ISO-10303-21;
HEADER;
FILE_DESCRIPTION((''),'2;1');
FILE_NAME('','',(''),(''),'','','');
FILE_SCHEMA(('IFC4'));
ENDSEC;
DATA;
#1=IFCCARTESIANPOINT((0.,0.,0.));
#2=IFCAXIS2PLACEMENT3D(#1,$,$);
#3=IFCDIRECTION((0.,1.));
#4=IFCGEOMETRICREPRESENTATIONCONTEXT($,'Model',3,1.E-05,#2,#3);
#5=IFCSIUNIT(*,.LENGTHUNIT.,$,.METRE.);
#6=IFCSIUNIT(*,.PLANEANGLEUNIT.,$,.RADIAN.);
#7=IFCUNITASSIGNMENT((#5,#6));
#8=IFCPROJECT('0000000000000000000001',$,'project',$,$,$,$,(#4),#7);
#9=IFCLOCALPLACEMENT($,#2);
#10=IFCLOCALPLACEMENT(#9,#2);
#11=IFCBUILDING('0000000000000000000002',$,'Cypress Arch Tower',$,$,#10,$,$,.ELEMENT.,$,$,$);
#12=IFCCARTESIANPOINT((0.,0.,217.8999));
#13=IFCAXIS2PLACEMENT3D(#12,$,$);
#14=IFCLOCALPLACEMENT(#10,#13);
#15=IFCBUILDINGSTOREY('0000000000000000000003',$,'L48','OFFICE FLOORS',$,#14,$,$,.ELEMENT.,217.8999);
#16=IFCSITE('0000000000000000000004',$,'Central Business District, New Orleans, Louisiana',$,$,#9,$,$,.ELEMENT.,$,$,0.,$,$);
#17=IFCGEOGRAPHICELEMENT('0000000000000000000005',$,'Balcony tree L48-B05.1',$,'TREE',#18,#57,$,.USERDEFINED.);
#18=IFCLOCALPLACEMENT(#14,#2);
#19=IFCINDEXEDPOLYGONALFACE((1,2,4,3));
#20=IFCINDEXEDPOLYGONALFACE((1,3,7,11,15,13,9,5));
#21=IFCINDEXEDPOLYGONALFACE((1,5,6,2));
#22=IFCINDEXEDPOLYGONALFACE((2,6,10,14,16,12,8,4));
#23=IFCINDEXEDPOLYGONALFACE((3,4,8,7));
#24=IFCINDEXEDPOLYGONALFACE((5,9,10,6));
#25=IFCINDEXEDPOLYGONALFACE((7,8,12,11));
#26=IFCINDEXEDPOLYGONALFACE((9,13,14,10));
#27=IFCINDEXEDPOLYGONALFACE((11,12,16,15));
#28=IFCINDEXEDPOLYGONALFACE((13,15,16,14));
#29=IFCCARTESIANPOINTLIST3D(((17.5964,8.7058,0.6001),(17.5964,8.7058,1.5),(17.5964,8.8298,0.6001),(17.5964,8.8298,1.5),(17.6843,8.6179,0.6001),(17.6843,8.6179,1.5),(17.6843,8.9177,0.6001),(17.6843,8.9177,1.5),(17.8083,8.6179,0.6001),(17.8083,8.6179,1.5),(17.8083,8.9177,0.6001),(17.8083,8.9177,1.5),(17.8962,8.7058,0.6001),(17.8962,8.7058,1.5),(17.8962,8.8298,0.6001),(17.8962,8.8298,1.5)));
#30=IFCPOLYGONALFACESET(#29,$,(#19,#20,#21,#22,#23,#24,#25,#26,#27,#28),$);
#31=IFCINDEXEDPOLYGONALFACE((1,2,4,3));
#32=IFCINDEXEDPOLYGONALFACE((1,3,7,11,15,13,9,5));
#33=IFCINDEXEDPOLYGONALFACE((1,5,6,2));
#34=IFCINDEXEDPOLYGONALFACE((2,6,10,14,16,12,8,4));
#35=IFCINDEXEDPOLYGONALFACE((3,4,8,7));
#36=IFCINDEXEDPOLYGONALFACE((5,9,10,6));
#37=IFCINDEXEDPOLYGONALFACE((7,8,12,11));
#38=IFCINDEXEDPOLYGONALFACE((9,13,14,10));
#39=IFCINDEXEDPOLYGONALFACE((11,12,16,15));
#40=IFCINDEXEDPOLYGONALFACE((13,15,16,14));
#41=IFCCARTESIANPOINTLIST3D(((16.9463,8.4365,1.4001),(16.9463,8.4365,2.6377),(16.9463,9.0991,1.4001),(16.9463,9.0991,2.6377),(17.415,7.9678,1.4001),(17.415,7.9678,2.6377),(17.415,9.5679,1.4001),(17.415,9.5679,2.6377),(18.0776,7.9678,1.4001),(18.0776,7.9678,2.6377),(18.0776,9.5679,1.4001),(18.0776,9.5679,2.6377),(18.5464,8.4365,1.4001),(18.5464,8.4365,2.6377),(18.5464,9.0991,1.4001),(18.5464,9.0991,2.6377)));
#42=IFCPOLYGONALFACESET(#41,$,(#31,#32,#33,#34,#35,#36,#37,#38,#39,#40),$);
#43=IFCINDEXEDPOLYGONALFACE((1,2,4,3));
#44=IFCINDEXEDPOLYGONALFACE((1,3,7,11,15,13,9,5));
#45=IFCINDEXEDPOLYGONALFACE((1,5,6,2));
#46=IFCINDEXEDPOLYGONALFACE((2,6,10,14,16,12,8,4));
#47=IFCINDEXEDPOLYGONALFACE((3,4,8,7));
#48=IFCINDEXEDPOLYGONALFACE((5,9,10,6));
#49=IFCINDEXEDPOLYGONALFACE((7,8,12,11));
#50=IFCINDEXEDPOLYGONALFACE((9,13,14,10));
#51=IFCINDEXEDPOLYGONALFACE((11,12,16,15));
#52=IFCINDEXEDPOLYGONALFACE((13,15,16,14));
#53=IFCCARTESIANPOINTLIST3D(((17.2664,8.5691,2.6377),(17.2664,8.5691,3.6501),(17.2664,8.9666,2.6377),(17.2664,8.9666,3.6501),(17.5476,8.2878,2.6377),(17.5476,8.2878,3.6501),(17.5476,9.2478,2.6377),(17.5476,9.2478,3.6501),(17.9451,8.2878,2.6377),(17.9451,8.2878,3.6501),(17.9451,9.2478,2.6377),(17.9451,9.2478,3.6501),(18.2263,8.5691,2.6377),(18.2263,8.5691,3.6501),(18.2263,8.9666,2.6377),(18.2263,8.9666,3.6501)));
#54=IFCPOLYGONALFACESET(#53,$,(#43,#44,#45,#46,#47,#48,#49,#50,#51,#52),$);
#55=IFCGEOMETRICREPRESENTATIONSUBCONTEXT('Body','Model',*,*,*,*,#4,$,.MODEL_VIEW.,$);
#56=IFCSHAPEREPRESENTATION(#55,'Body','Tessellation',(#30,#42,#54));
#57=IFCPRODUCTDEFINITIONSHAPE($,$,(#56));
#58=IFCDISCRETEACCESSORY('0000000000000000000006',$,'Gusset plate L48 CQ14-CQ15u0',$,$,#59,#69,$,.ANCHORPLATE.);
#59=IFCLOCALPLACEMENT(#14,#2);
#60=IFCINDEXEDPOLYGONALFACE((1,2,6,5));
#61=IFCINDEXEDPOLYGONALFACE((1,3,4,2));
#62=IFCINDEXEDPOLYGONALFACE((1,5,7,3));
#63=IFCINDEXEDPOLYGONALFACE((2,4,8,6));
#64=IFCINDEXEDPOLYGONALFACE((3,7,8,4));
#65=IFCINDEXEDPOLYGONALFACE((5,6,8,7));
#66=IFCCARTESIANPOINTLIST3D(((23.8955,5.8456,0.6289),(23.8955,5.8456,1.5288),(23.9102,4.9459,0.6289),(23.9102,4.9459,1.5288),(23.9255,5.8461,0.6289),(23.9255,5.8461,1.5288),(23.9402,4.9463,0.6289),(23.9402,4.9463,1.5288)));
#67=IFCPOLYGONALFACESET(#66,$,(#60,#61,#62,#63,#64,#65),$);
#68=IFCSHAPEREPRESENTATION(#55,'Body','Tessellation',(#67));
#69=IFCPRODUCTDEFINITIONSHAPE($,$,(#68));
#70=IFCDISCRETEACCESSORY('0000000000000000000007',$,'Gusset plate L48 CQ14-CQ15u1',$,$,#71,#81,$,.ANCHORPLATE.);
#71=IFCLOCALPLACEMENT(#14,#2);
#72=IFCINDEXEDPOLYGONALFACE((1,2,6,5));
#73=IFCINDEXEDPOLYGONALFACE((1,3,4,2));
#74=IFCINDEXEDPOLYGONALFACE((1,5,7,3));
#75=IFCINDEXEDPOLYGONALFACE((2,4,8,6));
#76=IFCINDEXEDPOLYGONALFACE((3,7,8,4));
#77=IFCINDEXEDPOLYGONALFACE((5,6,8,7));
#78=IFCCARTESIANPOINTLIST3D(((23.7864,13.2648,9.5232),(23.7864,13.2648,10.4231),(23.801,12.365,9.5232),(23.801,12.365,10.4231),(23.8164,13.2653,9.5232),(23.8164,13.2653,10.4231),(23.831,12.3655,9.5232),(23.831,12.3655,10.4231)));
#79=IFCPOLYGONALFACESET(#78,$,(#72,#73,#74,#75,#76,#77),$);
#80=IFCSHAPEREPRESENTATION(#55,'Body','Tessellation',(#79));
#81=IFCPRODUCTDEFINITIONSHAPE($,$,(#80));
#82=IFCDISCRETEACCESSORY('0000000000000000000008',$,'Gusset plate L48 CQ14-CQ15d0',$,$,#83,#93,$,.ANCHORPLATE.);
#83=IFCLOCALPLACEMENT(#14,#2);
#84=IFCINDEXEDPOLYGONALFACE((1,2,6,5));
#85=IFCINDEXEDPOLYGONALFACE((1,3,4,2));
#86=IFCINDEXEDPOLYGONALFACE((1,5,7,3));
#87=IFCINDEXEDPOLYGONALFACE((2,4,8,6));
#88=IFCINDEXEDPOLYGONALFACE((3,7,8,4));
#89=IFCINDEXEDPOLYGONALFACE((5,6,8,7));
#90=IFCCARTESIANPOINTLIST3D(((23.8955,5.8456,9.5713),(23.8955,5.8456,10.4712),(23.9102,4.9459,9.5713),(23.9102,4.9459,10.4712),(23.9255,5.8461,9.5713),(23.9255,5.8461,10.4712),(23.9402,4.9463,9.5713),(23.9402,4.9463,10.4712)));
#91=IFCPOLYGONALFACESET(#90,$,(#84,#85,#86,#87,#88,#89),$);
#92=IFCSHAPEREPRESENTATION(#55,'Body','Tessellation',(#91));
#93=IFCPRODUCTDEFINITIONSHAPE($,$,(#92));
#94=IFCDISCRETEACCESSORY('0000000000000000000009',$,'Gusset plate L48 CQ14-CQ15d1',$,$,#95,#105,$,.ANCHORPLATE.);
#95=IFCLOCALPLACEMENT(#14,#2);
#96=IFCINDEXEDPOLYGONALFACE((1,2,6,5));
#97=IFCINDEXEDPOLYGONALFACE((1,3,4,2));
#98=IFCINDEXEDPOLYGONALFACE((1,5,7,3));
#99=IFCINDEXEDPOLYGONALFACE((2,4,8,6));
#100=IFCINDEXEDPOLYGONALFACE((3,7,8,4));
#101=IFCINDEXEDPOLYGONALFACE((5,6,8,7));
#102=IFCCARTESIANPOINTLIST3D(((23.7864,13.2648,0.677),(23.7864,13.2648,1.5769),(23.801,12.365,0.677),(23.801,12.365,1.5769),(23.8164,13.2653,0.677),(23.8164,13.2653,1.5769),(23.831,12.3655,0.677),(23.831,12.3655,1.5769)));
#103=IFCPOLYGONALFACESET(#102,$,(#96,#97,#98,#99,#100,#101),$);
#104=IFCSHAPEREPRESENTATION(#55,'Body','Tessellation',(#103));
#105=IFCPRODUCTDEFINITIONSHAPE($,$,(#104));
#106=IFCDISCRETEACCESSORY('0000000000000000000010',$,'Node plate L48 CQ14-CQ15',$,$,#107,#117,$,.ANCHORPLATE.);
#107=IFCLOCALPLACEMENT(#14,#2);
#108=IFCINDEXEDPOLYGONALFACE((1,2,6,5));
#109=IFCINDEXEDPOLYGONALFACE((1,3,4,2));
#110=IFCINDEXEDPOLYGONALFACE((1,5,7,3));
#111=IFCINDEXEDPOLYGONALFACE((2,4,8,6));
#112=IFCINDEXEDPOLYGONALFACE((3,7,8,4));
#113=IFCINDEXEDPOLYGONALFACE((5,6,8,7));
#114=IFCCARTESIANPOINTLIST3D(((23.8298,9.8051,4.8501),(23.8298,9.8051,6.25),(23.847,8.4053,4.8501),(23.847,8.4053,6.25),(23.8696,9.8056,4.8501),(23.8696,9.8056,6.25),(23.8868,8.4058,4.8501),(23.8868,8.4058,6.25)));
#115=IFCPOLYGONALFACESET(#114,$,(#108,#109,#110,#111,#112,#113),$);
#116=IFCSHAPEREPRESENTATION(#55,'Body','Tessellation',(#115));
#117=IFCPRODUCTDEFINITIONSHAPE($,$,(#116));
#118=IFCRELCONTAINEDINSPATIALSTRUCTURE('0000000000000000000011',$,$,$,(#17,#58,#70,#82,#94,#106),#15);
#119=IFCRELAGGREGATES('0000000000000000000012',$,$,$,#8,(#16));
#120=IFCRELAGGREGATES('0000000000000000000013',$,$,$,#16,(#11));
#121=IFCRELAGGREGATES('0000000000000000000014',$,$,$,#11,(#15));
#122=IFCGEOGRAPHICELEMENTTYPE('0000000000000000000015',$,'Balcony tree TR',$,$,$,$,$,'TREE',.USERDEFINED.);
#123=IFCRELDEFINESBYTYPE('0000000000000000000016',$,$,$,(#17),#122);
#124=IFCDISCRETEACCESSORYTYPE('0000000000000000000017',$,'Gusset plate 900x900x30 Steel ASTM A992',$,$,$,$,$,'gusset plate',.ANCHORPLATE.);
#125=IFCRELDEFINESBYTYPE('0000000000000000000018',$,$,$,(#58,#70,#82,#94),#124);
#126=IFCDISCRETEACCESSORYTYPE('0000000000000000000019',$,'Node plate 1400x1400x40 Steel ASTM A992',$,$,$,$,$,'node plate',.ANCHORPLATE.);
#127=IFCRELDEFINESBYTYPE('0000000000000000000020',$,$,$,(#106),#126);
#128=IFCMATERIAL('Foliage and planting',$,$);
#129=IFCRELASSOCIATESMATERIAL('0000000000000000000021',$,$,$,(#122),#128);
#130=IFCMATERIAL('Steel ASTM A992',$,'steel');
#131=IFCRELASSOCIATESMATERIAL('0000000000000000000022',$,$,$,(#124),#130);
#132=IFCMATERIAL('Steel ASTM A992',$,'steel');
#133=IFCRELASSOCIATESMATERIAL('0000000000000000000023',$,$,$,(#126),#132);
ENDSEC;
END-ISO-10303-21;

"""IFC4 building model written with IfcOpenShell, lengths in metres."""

from ifc_helpers import new_model, si_unit, direction, frame, origin, origin_2d, place, context, subcontext, project, spatial, polyline, rectangle, outline, extrude, material, material_profile, profile_set, type_object, element, save


model = new_model("IFC4")

# Units and contexts
model_context = context("Model", 3, precision=1e-05, world=origin(), true_north=direction((0.0, 1.0)))
body_context = subcontext(model_context, "Body", "Model", "MODEL_VIEW")
ifc_project = project(units=[si_unit("LENGTHUNIT", "METRE"), si_unit("PLANEANGLEUNIT", "RADIAN")], contexts=[model_context])

# Site, building, storey
site_placement = place(None, origin())
site = spatial("IfcSite", under=ifc_project, at=site_placement, Name="Central Business District, New Orleans, Louisiana", CompositionType="ELEMENT", RefElevation=0.0)
building_placement = place(site_placement, origin())
building = spatial("IfcBuilding", under=site, at=building_placement, Name="Cypress Arch Tower", CompositionType="ELEMENT")
storey_placement = place(building_placement, frame((0.0, 0.0, 217.8999)))
storey = spatial("IfcBuildingStorey", under=building, at=storey_placement, Name="L48", Description="OFFICE FLOORS", CompositionType="ELEMENT", Elevation=217.8999)

# Geographic element
ifc_material_1 = material(Name="Foliage and planting")
geographic_element_type = type_object("IfcGeographicElementType", Name="Balcony tree TR", ElementType="TREE", PredefinedType="USERDEFINED", material=ifc_material_1)
geographic_element_placement = place(storey_placement, frame((17.7463, 8.7678, 0.6001), z_axis=(0.0, 0.0, 1.0), x_axis=(1.0, 0.0, 0.0)))
element("IfcGeographicElement", 1, at=geographic_element_placement, inside=storey, type_object=geographic_element_type, Name="Balcony tree L48-B05.1", ObjectType="TREE", PredefinedType="USERDEFINED", context=body_context, shape_type="SweptSolid", body=[
    extrude(outline(polyline([(0.1499, 0.062), (0.062, 0.1499), (-0.062, 0.1499), (-0.1499, 0.062), (-0.1499, -0.062), (-0.062, -0.1499), (0.062, -0.1499), (0.1499, -0.062), (0.1499, 0.062)])), origin(), (0.0, 0.0, 1.0), 0.8999),
    extrude(outline(polyline([(0.8, 0.3313), (0.3313, 0.8), (-0.3313, 0.8), (-0.8, 0.3313), (-0.8, -0.3313), (-0.3313, -0.8), (0.3313, -0.8), (0.8, -0.3313), (0.8, 0.3313)])), frame((0.0, 0.0, 0.8)), (0.0, 0.0, 1.0), 1.2375),
    extrude(outline(polyline([(0.48, 0.1987), (0.1987, 0.48), (-0.1987, 0.48), (-0.48, 0.1987), (-0.48, -0.1987), (-0.1987, -0.48), (0.1987, -0.48), (0.48, -0.1987), (0.48, 0.1987)])), frame((0.0, 0.0, 2.0376)), (0.0, 0.0, 1.0), 1.0125),
])

# Discrete accessories
ifc_material_2 = material(Name="Steel ASTM A992", Category="steel")
ifc_material_profile_1 = material_profile(ifc_material_2, rectangle(XDim=0.8999, YDim=0.8999, at=origin_2d()), Name="PL 30 900x900")
ifc_profile_set_1 = profile_set([ifc_material_profile_1], Name="Steel ASTM A992")
discrete_accessory_type_1 = type_object("IfcDiscreteAccessoryType", Name="Gusset plate 900x900x30 Steel ASTM A992", ElementType="gusset plate", PredefinedType="ANCHORPLATE", material=ifc_profile_set_1)
for number, where, z_axis, x_axis, name in (
    (2, (23.9329, 5.3962, 1.0789), (-0.999868, -0.016258, 0.0), (0.016258, -0.999868, 0.0), "Gusset plate L48 CQ14-CQ15u0"),
    (3, (23.8237, 12.8154, 9.9731), (-0.999868, -0.016258, 0.0), (0.016258, -0.999868, 0.0), "Gusset plate L48 CQ14-CQ15u1"),
    (4, (23.9329, 5.3962, 10.0212), (-0.999868, -0.016258, 0.0), (0.016258, -0.999868, 0.0), "Gusset plate L48 CQ14-CQ15d0"),
    (5, (23.8237, 12.8154, 1.127), (-0.999868, -0.016258, 0.0), (0.016258, -0.999868, 0.0), "Gusset plate L48 CQ14-CQ15d1"),
):
    element("IfcDiscreteAccessory", number, at=place(storey_placement, frame(where, z_axis=z_axis, x_axis=x_axis)), inside=storey, type_object=discrete_accessory_type_1, Name=name, PredefinedType="ANCHORPLATE", context=body_context, shape_type="SweptSolid", body=[
        extrude(rectangle(XDim=0.8999, YDim=0.8999, at=origin_2d()), origin(), (0.0, 0.0, 1.0), 0.03),
    ])
ifc_material_3 = material(Name="Steel ASTM A992", Category="steel")
ifc_material_profile_2 = material_profile(ifc_material_3, rectangle(XDim=1.3999, YDim=1.3999, at=origin_2d()), Name="PL 40 1400x1400")
ifc_profile_set_2 = profile_set([ifc_material_profile_2], Name="Steel ASTM A992")
discrete_accessory_type_2 = type_object("IfcDiscreteAccessoryType", Name="Node plate 1400x1400x40 Steel ASTM A992", ElementType="node plate", PredefinedType="ANCHORPLATE", material=ifc_profile_set_2)
discrete_accessory_placement = place(storey_placement, frame((23.8782, 9.1057, 5.55), z_axis=(-0.999925, -0.012269, 0.0), x_axis=(0.012269, -0.999925, 0.0)))
element("IfcDiscreteAccessory", 6, at=discrete_accessory_placement, inside=storey, type_object=discrete_accessory_type_2, Name="Node plate L48 CQ14-CQ15", PredefinedType="ANCHORPLATE", context=body_context, shape_type="SweptSolid", body=[
    extrude(rectangle(XDim=1.3999, YDim=1.3999, at=origin_2d()), origin(), (0.0, 0.0, 1.0), 0.0398),
])

save(model, "model.ifc")
